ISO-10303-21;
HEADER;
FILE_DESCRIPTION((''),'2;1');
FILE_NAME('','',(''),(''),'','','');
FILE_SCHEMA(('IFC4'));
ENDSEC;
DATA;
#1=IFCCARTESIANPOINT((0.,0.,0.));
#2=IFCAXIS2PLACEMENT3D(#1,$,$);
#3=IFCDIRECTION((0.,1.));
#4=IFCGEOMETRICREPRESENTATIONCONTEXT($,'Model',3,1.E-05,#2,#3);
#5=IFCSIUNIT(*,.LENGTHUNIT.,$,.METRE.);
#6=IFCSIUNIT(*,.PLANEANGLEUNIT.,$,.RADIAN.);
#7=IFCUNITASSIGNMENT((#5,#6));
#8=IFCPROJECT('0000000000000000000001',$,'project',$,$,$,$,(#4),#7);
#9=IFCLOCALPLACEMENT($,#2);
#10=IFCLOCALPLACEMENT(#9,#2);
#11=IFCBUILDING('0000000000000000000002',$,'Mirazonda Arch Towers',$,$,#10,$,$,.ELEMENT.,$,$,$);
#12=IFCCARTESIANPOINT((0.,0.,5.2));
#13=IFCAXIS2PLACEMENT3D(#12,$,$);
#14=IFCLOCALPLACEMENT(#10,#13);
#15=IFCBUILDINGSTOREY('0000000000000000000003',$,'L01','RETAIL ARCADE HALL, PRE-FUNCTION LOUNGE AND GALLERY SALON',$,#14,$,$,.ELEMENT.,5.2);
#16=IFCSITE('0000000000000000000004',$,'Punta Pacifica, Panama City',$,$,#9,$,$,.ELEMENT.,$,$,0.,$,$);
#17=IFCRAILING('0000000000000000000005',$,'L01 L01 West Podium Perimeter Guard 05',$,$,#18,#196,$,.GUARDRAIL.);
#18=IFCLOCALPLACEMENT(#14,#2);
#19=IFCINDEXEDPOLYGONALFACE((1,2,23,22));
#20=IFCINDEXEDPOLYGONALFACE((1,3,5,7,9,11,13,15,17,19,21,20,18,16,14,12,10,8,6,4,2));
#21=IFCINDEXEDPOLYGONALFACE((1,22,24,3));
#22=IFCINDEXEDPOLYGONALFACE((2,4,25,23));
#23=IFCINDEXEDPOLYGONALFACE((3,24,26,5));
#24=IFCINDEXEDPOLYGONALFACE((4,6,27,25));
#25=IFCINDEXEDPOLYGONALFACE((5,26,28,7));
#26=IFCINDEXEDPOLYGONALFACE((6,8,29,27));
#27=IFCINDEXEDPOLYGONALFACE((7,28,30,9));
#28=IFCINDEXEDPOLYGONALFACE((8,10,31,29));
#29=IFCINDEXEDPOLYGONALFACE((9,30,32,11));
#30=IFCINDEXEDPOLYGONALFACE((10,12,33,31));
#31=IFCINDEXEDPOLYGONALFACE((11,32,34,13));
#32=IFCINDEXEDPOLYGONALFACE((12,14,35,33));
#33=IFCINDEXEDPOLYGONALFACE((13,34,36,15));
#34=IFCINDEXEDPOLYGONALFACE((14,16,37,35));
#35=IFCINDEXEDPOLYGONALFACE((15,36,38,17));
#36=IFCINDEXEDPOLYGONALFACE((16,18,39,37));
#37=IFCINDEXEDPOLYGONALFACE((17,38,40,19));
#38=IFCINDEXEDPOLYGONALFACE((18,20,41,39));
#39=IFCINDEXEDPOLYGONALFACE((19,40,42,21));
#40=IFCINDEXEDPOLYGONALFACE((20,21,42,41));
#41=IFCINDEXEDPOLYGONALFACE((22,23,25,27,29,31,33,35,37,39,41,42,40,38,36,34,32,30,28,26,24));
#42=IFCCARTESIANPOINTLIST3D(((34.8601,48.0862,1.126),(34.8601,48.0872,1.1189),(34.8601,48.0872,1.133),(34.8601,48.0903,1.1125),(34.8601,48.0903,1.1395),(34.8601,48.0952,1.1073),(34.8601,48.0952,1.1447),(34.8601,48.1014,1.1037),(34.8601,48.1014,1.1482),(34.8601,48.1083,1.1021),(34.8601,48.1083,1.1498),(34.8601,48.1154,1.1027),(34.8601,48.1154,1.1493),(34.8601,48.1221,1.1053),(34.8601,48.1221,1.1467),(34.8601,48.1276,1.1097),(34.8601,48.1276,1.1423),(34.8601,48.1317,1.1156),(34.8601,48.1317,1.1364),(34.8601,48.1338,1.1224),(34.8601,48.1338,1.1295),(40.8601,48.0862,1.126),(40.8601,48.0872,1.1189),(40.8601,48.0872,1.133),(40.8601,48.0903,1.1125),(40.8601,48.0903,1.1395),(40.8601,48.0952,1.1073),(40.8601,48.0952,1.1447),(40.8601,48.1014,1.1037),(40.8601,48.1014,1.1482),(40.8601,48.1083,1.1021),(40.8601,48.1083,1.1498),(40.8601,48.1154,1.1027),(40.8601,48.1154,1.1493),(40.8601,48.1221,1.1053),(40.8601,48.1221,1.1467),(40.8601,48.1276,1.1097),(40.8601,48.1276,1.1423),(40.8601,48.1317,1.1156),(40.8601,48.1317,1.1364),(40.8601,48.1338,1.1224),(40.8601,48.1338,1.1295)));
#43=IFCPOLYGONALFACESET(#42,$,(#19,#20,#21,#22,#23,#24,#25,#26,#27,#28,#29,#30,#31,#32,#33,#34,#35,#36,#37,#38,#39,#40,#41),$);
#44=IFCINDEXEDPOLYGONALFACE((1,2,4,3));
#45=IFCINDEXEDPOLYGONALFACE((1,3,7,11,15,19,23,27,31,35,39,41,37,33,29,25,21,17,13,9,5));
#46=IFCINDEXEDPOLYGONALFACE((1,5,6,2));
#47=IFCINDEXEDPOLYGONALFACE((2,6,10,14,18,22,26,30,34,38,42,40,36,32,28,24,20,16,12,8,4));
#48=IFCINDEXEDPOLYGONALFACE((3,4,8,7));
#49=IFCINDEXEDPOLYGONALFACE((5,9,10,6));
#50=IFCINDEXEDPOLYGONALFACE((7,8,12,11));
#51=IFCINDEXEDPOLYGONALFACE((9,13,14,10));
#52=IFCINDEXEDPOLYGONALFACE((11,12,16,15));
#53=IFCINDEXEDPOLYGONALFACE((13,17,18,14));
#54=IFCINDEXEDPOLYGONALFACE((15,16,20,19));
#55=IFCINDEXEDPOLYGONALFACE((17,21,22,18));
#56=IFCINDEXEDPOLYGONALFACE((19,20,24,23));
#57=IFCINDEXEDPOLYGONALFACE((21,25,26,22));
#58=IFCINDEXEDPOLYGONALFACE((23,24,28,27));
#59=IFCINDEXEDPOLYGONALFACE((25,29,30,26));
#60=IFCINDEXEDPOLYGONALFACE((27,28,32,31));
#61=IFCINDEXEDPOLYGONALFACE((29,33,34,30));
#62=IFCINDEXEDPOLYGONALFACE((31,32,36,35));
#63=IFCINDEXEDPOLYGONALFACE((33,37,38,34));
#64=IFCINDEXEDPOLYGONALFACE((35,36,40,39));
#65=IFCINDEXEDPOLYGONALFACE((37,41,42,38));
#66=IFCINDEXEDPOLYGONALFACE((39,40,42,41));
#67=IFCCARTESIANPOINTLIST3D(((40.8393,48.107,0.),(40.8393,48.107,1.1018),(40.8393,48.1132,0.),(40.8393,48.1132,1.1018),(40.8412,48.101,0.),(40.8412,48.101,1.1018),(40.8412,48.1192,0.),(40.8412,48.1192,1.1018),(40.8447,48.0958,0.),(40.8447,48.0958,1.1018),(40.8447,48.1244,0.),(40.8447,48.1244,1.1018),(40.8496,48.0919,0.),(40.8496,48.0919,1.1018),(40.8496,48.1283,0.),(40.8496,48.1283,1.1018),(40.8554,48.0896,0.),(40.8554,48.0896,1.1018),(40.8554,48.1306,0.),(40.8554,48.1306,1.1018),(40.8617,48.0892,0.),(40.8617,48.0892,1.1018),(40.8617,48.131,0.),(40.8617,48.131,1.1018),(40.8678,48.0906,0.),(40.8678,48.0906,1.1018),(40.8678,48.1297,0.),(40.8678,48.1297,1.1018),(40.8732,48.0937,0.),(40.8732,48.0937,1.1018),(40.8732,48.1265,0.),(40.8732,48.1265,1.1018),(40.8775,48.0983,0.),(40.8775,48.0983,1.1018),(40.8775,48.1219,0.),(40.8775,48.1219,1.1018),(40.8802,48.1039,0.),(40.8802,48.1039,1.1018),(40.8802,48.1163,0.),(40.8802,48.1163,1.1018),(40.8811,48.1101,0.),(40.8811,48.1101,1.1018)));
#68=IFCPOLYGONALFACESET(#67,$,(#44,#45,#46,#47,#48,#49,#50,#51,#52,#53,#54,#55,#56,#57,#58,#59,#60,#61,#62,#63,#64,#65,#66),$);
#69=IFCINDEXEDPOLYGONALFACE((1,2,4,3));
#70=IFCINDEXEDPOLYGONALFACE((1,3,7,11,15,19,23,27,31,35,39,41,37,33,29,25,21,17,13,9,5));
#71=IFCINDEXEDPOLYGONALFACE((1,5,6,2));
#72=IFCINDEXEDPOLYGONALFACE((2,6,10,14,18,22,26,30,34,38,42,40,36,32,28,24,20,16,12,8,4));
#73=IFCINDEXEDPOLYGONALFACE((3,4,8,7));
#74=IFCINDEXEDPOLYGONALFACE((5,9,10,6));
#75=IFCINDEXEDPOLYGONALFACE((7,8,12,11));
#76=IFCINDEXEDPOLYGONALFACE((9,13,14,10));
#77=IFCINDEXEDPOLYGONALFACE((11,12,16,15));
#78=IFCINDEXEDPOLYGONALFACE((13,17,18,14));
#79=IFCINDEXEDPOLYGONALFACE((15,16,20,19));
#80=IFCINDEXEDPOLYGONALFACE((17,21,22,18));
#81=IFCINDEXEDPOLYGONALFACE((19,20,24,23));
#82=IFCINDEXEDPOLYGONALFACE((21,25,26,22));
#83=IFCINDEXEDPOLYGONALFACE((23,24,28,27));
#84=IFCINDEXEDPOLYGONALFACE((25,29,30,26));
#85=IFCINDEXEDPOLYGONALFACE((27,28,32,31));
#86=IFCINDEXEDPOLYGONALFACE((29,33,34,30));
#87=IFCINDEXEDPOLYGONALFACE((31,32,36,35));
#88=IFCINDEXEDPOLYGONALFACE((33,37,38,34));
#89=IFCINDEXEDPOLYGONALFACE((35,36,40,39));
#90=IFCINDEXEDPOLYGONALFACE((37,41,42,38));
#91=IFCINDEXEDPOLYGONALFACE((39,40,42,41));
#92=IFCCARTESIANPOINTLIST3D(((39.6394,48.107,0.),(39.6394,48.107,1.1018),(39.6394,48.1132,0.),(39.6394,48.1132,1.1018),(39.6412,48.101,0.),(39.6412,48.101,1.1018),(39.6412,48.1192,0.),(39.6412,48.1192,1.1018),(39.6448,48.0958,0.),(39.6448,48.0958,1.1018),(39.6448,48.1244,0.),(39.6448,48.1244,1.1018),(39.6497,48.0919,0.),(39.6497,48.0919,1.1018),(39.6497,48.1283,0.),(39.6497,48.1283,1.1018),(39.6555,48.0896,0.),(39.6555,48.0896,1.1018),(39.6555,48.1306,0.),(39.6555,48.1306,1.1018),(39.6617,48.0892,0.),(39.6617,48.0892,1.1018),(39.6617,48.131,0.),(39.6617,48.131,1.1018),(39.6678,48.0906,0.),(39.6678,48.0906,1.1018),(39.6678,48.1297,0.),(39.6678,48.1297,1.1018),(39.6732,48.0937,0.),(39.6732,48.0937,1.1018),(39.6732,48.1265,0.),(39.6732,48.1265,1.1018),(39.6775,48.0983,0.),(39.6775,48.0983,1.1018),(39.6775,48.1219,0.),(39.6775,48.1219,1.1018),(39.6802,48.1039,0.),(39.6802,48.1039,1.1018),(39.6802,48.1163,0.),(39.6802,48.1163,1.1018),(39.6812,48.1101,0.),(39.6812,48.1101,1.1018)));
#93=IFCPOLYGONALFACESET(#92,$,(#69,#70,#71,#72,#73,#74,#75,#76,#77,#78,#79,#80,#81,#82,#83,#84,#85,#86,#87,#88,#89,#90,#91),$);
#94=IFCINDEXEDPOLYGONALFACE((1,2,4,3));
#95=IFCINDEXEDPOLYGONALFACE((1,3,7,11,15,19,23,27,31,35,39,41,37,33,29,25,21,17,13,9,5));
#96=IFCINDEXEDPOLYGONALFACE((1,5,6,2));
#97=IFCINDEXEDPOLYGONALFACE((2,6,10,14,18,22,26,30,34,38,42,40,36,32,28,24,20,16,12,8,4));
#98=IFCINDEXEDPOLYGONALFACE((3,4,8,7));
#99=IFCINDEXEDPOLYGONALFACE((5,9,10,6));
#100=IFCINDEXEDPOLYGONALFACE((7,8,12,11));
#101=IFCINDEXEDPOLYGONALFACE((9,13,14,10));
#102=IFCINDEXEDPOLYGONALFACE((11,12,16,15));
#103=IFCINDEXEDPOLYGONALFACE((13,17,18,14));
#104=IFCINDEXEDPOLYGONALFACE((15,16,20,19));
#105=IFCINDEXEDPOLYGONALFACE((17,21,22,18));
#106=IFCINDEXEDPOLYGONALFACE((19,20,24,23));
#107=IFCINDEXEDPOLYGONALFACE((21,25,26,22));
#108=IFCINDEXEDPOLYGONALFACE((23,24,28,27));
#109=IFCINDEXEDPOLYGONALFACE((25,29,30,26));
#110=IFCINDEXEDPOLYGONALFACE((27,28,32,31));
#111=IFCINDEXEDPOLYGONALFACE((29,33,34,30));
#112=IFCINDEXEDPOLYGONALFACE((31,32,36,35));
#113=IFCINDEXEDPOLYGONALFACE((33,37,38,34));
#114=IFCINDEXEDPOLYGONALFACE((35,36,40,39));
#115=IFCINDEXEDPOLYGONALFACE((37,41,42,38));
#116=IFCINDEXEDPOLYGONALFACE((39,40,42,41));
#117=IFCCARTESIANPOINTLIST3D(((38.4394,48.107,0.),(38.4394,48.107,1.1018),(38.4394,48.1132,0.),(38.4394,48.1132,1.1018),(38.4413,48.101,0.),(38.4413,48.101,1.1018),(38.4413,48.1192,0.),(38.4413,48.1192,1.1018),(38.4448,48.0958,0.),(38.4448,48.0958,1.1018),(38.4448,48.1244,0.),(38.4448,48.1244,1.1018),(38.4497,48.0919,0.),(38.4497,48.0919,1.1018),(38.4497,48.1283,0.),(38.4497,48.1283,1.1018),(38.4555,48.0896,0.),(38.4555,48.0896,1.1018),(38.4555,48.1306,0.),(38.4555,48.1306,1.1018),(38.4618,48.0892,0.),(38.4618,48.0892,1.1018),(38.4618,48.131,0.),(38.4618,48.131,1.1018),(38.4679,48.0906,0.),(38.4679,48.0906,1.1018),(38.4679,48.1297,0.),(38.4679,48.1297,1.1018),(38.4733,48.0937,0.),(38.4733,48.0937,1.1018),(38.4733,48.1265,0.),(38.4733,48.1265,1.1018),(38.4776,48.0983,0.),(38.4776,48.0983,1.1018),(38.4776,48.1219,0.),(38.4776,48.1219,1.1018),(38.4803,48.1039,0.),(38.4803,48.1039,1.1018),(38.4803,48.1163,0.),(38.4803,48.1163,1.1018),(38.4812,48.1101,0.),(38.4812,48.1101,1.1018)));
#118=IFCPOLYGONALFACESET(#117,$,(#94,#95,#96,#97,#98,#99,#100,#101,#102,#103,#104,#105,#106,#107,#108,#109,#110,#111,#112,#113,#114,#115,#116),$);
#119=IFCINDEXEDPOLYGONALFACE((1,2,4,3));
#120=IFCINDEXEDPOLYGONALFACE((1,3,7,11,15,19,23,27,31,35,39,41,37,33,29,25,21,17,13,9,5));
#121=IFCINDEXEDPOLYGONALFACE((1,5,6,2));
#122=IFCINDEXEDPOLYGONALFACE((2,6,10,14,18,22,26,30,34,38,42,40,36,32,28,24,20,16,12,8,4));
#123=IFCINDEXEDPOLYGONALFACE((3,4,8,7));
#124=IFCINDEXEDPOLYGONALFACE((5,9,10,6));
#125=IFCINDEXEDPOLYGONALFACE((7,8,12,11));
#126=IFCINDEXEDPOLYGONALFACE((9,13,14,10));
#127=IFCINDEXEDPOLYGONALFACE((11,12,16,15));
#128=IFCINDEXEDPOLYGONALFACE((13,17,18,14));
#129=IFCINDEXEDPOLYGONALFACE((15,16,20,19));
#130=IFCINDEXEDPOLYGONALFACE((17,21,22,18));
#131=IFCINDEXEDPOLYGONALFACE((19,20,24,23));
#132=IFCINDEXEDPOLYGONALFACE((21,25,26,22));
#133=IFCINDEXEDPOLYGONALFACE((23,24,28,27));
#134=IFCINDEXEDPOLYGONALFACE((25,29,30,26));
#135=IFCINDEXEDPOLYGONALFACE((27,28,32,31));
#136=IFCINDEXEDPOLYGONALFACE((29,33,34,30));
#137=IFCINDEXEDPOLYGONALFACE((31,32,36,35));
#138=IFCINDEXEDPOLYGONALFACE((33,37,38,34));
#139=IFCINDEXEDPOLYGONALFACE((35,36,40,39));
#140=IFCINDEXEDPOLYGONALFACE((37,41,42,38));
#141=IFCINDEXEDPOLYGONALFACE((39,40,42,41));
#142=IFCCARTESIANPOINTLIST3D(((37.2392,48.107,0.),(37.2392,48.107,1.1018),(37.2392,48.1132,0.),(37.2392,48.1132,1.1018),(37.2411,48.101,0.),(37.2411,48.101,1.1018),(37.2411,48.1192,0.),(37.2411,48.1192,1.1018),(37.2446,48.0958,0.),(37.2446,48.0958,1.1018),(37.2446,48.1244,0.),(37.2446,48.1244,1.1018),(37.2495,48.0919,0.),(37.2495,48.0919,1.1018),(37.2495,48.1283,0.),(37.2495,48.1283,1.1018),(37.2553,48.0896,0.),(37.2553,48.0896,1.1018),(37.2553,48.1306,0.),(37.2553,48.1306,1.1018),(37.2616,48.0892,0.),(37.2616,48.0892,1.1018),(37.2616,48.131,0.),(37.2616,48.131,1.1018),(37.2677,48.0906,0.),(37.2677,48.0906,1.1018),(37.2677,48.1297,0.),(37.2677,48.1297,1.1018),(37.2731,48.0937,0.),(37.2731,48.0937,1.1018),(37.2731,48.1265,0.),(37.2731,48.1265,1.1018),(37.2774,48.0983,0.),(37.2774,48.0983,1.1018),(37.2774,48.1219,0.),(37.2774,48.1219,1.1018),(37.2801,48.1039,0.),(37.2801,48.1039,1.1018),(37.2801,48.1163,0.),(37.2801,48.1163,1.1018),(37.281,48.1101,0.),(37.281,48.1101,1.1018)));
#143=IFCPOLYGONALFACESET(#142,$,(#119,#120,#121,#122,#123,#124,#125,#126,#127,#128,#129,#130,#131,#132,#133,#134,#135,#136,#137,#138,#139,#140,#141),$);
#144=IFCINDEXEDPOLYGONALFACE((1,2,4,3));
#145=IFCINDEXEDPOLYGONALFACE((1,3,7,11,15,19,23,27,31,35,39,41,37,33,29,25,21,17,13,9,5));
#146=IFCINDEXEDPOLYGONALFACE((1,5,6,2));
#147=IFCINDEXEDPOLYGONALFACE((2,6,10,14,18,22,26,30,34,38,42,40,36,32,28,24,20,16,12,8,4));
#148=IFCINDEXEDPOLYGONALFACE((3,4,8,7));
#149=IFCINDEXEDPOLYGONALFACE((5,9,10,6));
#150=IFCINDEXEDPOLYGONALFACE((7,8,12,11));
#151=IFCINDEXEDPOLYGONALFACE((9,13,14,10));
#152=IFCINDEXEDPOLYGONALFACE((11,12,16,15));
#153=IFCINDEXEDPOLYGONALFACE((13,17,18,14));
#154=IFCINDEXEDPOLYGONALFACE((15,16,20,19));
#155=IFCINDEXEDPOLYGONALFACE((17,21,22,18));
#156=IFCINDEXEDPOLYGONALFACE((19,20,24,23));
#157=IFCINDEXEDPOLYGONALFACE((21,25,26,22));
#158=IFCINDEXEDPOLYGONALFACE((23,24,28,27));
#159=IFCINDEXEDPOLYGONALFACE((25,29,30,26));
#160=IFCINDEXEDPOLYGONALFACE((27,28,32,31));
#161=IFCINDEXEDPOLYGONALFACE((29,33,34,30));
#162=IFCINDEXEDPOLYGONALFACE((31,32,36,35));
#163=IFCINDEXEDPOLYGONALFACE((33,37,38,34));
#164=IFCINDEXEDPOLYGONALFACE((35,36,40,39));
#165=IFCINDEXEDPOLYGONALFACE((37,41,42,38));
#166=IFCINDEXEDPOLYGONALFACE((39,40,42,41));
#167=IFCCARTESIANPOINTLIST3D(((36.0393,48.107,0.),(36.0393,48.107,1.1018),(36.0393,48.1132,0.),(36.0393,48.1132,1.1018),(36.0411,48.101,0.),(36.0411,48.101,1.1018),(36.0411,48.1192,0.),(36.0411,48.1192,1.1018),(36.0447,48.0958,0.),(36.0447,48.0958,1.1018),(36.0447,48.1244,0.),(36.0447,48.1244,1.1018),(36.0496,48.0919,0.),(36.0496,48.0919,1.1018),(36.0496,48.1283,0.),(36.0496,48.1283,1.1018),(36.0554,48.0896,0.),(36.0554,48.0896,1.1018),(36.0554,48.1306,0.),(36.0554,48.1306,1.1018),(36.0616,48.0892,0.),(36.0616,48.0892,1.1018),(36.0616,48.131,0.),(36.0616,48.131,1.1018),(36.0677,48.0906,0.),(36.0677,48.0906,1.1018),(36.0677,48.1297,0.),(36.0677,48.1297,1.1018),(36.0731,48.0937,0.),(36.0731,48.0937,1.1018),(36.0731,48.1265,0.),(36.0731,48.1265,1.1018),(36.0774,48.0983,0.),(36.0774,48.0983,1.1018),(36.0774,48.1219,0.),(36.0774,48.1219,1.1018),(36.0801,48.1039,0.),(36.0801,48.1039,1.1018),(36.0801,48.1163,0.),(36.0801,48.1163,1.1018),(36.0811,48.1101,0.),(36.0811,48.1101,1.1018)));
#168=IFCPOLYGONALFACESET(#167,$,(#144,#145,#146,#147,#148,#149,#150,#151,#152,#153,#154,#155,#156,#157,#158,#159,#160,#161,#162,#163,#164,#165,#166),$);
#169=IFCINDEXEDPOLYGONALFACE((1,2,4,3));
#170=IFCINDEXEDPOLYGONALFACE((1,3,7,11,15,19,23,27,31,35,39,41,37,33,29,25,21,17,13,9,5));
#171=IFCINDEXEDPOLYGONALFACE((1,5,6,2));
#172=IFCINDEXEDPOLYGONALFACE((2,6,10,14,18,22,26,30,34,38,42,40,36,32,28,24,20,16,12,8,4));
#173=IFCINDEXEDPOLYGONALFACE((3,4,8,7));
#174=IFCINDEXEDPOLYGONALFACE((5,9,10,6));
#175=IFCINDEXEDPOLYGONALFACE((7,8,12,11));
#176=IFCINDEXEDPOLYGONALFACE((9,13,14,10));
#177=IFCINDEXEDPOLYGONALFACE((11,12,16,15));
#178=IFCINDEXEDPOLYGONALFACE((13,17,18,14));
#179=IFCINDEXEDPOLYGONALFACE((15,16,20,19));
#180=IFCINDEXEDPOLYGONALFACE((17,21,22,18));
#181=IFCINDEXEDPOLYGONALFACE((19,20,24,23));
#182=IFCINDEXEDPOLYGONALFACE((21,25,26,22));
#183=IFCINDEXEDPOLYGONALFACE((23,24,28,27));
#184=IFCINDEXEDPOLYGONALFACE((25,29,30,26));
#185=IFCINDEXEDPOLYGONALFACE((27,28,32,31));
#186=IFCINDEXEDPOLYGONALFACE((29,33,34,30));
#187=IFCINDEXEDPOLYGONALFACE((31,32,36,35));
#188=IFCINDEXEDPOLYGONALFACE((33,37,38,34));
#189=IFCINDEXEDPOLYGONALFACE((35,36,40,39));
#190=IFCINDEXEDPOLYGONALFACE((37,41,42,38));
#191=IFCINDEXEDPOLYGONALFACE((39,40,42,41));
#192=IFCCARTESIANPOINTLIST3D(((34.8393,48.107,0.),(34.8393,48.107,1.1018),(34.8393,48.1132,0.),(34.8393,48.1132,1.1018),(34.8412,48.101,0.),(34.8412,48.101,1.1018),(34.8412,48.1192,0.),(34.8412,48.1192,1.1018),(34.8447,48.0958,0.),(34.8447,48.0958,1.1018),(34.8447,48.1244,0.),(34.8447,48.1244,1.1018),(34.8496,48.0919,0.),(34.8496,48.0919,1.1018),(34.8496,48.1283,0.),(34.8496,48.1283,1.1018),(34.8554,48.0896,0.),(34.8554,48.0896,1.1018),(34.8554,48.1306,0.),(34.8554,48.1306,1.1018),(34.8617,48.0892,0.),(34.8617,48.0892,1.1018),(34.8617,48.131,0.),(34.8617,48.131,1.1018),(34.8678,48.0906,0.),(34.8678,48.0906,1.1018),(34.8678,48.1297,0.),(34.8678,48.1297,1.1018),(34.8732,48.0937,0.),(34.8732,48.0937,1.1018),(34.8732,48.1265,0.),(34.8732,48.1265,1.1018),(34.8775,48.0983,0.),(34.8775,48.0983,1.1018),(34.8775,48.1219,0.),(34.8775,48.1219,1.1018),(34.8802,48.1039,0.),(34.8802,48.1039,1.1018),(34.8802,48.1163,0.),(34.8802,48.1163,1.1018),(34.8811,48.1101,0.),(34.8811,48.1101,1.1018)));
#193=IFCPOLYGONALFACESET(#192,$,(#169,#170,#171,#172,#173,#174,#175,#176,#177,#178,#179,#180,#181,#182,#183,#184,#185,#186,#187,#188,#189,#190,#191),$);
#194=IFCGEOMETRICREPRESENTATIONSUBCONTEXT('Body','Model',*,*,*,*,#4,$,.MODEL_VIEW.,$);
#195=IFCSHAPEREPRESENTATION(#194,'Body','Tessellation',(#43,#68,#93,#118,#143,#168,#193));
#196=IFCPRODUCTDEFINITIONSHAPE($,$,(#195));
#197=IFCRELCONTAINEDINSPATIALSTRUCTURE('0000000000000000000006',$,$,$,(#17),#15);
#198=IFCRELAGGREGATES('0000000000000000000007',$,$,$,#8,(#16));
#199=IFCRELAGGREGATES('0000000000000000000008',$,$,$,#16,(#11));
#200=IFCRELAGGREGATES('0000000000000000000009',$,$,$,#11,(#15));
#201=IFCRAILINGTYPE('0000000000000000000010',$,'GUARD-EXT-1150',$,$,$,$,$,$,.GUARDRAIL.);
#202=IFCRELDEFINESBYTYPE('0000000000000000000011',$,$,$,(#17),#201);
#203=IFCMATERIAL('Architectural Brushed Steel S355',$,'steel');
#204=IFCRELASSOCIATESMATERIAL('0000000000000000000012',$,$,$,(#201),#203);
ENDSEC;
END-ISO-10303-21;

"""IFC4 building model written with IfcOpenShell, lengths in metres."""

from ifc_helpers import new_model, si_unit, direction, frame, origin, origin_2d, place, context, subcontext, project, spatial, circle, extrude, material, type_object, element, save


model = new_model("IFC4")

# Units and contexts
model_context = context("Model", 3, precision=1e-05, world=origin(), true_north=direction((0.0, 1.0)))
body_context = subcontext(model_context, "Body", "Model", "MODEL_VIEW")
ifc_project = project(units=[si_unit("LENGTHUNIT", "METRE"), si_unit("PLANEANGLEUNIT", "RADIAN")], contexts=[model_context])

# Site, building, storey
site_placement = place(None, origin())
site = spatial("IfcSite", under=ifc_project, at=site_placement, Name="Punta Pacifica, Panama City", CompositionType="ELEMENT", RefElevation=0.0)
building_placement = place(site_placement, origin())
building = spatial("IfcBuilding", under=site, at=building_placement, Name="Mirazonda Arch Towers", CompositionType="ELEMENT")
storey_placement = place(building_placement, frame((0.0, 0.0, 5.2)))
storey = spatial("IfcBuildingStorey", under=building, at=storey_placement, Name="L01", Description="RETAIL ARCADE HALL, PRE-FUNCTION LOUNGE AND GALLERY SALON", CompositionType="ELEMENT", Elevation=5.2)

# Railing
ifc_material_1 = material(Name="Architectural Brushed Steel S355", Category="steel")
railing_type = type_object("IfcRailingType", Name="GUARD-EXT-1150", PredefinedType="GUARDRAIL", material=ifc_material_1)
railing_1_placement = place(storey_placement, frame((40.8601, 48.1101, 0.0)))
element("IfcRailing", 1, at=railing_1_placement, inside=storey, type_object=railing_type, Name="L01 L01 West Podium Perimeter Guard 05", PredefinedType="GUARDRAIL", context=body_context, shape_type="SweptSolid", body=[
    extrude(circle(Radius=0.0239, at=origin_2d()), frame((0.0, 0.0, 1.126), z_axis=(-1.0, 0.0, 0.0), x_axis=(0.0, -1.0, 0.0)), (0.0, 0.0, 1.0), 6.0),
    extrude(circle(Radius=0.021, at=origin_2d()), origin(), (0.0, 0.0, 1.0), 1.1018),
    extrude(circle(Radius=0.021, at=origin_2d()), frame((-1.2, 0.0, 0.0)), (0.0, 0.0, 1.0), 1.1018),
    extrude(circle(Radius=0.021, at=origin_2d()), frame((-2.3999, 0.0, 0.0)), (0.0, 0.0, 1.0), 1.1018),
    extrude(circle(Radius=0.021, at=origin_2d()), frame((-3.6001, 0.0, 0.0)), (0.0, 0.0, 1.0), 1.1018),
    extrude(circle(Radius=0.021, at=origin_2d()), frame((-4.8, 0.0, 0.0)), (0.0, 0.0, 1.0), 1.1018),
    extrude(circle(Radius=0.021, at=origin_2d()), frame((-6.0, 0.0, 0.0)), (0.0, 0.0, 1.0), 1.1018),
])

save(model, "model.ifc")
